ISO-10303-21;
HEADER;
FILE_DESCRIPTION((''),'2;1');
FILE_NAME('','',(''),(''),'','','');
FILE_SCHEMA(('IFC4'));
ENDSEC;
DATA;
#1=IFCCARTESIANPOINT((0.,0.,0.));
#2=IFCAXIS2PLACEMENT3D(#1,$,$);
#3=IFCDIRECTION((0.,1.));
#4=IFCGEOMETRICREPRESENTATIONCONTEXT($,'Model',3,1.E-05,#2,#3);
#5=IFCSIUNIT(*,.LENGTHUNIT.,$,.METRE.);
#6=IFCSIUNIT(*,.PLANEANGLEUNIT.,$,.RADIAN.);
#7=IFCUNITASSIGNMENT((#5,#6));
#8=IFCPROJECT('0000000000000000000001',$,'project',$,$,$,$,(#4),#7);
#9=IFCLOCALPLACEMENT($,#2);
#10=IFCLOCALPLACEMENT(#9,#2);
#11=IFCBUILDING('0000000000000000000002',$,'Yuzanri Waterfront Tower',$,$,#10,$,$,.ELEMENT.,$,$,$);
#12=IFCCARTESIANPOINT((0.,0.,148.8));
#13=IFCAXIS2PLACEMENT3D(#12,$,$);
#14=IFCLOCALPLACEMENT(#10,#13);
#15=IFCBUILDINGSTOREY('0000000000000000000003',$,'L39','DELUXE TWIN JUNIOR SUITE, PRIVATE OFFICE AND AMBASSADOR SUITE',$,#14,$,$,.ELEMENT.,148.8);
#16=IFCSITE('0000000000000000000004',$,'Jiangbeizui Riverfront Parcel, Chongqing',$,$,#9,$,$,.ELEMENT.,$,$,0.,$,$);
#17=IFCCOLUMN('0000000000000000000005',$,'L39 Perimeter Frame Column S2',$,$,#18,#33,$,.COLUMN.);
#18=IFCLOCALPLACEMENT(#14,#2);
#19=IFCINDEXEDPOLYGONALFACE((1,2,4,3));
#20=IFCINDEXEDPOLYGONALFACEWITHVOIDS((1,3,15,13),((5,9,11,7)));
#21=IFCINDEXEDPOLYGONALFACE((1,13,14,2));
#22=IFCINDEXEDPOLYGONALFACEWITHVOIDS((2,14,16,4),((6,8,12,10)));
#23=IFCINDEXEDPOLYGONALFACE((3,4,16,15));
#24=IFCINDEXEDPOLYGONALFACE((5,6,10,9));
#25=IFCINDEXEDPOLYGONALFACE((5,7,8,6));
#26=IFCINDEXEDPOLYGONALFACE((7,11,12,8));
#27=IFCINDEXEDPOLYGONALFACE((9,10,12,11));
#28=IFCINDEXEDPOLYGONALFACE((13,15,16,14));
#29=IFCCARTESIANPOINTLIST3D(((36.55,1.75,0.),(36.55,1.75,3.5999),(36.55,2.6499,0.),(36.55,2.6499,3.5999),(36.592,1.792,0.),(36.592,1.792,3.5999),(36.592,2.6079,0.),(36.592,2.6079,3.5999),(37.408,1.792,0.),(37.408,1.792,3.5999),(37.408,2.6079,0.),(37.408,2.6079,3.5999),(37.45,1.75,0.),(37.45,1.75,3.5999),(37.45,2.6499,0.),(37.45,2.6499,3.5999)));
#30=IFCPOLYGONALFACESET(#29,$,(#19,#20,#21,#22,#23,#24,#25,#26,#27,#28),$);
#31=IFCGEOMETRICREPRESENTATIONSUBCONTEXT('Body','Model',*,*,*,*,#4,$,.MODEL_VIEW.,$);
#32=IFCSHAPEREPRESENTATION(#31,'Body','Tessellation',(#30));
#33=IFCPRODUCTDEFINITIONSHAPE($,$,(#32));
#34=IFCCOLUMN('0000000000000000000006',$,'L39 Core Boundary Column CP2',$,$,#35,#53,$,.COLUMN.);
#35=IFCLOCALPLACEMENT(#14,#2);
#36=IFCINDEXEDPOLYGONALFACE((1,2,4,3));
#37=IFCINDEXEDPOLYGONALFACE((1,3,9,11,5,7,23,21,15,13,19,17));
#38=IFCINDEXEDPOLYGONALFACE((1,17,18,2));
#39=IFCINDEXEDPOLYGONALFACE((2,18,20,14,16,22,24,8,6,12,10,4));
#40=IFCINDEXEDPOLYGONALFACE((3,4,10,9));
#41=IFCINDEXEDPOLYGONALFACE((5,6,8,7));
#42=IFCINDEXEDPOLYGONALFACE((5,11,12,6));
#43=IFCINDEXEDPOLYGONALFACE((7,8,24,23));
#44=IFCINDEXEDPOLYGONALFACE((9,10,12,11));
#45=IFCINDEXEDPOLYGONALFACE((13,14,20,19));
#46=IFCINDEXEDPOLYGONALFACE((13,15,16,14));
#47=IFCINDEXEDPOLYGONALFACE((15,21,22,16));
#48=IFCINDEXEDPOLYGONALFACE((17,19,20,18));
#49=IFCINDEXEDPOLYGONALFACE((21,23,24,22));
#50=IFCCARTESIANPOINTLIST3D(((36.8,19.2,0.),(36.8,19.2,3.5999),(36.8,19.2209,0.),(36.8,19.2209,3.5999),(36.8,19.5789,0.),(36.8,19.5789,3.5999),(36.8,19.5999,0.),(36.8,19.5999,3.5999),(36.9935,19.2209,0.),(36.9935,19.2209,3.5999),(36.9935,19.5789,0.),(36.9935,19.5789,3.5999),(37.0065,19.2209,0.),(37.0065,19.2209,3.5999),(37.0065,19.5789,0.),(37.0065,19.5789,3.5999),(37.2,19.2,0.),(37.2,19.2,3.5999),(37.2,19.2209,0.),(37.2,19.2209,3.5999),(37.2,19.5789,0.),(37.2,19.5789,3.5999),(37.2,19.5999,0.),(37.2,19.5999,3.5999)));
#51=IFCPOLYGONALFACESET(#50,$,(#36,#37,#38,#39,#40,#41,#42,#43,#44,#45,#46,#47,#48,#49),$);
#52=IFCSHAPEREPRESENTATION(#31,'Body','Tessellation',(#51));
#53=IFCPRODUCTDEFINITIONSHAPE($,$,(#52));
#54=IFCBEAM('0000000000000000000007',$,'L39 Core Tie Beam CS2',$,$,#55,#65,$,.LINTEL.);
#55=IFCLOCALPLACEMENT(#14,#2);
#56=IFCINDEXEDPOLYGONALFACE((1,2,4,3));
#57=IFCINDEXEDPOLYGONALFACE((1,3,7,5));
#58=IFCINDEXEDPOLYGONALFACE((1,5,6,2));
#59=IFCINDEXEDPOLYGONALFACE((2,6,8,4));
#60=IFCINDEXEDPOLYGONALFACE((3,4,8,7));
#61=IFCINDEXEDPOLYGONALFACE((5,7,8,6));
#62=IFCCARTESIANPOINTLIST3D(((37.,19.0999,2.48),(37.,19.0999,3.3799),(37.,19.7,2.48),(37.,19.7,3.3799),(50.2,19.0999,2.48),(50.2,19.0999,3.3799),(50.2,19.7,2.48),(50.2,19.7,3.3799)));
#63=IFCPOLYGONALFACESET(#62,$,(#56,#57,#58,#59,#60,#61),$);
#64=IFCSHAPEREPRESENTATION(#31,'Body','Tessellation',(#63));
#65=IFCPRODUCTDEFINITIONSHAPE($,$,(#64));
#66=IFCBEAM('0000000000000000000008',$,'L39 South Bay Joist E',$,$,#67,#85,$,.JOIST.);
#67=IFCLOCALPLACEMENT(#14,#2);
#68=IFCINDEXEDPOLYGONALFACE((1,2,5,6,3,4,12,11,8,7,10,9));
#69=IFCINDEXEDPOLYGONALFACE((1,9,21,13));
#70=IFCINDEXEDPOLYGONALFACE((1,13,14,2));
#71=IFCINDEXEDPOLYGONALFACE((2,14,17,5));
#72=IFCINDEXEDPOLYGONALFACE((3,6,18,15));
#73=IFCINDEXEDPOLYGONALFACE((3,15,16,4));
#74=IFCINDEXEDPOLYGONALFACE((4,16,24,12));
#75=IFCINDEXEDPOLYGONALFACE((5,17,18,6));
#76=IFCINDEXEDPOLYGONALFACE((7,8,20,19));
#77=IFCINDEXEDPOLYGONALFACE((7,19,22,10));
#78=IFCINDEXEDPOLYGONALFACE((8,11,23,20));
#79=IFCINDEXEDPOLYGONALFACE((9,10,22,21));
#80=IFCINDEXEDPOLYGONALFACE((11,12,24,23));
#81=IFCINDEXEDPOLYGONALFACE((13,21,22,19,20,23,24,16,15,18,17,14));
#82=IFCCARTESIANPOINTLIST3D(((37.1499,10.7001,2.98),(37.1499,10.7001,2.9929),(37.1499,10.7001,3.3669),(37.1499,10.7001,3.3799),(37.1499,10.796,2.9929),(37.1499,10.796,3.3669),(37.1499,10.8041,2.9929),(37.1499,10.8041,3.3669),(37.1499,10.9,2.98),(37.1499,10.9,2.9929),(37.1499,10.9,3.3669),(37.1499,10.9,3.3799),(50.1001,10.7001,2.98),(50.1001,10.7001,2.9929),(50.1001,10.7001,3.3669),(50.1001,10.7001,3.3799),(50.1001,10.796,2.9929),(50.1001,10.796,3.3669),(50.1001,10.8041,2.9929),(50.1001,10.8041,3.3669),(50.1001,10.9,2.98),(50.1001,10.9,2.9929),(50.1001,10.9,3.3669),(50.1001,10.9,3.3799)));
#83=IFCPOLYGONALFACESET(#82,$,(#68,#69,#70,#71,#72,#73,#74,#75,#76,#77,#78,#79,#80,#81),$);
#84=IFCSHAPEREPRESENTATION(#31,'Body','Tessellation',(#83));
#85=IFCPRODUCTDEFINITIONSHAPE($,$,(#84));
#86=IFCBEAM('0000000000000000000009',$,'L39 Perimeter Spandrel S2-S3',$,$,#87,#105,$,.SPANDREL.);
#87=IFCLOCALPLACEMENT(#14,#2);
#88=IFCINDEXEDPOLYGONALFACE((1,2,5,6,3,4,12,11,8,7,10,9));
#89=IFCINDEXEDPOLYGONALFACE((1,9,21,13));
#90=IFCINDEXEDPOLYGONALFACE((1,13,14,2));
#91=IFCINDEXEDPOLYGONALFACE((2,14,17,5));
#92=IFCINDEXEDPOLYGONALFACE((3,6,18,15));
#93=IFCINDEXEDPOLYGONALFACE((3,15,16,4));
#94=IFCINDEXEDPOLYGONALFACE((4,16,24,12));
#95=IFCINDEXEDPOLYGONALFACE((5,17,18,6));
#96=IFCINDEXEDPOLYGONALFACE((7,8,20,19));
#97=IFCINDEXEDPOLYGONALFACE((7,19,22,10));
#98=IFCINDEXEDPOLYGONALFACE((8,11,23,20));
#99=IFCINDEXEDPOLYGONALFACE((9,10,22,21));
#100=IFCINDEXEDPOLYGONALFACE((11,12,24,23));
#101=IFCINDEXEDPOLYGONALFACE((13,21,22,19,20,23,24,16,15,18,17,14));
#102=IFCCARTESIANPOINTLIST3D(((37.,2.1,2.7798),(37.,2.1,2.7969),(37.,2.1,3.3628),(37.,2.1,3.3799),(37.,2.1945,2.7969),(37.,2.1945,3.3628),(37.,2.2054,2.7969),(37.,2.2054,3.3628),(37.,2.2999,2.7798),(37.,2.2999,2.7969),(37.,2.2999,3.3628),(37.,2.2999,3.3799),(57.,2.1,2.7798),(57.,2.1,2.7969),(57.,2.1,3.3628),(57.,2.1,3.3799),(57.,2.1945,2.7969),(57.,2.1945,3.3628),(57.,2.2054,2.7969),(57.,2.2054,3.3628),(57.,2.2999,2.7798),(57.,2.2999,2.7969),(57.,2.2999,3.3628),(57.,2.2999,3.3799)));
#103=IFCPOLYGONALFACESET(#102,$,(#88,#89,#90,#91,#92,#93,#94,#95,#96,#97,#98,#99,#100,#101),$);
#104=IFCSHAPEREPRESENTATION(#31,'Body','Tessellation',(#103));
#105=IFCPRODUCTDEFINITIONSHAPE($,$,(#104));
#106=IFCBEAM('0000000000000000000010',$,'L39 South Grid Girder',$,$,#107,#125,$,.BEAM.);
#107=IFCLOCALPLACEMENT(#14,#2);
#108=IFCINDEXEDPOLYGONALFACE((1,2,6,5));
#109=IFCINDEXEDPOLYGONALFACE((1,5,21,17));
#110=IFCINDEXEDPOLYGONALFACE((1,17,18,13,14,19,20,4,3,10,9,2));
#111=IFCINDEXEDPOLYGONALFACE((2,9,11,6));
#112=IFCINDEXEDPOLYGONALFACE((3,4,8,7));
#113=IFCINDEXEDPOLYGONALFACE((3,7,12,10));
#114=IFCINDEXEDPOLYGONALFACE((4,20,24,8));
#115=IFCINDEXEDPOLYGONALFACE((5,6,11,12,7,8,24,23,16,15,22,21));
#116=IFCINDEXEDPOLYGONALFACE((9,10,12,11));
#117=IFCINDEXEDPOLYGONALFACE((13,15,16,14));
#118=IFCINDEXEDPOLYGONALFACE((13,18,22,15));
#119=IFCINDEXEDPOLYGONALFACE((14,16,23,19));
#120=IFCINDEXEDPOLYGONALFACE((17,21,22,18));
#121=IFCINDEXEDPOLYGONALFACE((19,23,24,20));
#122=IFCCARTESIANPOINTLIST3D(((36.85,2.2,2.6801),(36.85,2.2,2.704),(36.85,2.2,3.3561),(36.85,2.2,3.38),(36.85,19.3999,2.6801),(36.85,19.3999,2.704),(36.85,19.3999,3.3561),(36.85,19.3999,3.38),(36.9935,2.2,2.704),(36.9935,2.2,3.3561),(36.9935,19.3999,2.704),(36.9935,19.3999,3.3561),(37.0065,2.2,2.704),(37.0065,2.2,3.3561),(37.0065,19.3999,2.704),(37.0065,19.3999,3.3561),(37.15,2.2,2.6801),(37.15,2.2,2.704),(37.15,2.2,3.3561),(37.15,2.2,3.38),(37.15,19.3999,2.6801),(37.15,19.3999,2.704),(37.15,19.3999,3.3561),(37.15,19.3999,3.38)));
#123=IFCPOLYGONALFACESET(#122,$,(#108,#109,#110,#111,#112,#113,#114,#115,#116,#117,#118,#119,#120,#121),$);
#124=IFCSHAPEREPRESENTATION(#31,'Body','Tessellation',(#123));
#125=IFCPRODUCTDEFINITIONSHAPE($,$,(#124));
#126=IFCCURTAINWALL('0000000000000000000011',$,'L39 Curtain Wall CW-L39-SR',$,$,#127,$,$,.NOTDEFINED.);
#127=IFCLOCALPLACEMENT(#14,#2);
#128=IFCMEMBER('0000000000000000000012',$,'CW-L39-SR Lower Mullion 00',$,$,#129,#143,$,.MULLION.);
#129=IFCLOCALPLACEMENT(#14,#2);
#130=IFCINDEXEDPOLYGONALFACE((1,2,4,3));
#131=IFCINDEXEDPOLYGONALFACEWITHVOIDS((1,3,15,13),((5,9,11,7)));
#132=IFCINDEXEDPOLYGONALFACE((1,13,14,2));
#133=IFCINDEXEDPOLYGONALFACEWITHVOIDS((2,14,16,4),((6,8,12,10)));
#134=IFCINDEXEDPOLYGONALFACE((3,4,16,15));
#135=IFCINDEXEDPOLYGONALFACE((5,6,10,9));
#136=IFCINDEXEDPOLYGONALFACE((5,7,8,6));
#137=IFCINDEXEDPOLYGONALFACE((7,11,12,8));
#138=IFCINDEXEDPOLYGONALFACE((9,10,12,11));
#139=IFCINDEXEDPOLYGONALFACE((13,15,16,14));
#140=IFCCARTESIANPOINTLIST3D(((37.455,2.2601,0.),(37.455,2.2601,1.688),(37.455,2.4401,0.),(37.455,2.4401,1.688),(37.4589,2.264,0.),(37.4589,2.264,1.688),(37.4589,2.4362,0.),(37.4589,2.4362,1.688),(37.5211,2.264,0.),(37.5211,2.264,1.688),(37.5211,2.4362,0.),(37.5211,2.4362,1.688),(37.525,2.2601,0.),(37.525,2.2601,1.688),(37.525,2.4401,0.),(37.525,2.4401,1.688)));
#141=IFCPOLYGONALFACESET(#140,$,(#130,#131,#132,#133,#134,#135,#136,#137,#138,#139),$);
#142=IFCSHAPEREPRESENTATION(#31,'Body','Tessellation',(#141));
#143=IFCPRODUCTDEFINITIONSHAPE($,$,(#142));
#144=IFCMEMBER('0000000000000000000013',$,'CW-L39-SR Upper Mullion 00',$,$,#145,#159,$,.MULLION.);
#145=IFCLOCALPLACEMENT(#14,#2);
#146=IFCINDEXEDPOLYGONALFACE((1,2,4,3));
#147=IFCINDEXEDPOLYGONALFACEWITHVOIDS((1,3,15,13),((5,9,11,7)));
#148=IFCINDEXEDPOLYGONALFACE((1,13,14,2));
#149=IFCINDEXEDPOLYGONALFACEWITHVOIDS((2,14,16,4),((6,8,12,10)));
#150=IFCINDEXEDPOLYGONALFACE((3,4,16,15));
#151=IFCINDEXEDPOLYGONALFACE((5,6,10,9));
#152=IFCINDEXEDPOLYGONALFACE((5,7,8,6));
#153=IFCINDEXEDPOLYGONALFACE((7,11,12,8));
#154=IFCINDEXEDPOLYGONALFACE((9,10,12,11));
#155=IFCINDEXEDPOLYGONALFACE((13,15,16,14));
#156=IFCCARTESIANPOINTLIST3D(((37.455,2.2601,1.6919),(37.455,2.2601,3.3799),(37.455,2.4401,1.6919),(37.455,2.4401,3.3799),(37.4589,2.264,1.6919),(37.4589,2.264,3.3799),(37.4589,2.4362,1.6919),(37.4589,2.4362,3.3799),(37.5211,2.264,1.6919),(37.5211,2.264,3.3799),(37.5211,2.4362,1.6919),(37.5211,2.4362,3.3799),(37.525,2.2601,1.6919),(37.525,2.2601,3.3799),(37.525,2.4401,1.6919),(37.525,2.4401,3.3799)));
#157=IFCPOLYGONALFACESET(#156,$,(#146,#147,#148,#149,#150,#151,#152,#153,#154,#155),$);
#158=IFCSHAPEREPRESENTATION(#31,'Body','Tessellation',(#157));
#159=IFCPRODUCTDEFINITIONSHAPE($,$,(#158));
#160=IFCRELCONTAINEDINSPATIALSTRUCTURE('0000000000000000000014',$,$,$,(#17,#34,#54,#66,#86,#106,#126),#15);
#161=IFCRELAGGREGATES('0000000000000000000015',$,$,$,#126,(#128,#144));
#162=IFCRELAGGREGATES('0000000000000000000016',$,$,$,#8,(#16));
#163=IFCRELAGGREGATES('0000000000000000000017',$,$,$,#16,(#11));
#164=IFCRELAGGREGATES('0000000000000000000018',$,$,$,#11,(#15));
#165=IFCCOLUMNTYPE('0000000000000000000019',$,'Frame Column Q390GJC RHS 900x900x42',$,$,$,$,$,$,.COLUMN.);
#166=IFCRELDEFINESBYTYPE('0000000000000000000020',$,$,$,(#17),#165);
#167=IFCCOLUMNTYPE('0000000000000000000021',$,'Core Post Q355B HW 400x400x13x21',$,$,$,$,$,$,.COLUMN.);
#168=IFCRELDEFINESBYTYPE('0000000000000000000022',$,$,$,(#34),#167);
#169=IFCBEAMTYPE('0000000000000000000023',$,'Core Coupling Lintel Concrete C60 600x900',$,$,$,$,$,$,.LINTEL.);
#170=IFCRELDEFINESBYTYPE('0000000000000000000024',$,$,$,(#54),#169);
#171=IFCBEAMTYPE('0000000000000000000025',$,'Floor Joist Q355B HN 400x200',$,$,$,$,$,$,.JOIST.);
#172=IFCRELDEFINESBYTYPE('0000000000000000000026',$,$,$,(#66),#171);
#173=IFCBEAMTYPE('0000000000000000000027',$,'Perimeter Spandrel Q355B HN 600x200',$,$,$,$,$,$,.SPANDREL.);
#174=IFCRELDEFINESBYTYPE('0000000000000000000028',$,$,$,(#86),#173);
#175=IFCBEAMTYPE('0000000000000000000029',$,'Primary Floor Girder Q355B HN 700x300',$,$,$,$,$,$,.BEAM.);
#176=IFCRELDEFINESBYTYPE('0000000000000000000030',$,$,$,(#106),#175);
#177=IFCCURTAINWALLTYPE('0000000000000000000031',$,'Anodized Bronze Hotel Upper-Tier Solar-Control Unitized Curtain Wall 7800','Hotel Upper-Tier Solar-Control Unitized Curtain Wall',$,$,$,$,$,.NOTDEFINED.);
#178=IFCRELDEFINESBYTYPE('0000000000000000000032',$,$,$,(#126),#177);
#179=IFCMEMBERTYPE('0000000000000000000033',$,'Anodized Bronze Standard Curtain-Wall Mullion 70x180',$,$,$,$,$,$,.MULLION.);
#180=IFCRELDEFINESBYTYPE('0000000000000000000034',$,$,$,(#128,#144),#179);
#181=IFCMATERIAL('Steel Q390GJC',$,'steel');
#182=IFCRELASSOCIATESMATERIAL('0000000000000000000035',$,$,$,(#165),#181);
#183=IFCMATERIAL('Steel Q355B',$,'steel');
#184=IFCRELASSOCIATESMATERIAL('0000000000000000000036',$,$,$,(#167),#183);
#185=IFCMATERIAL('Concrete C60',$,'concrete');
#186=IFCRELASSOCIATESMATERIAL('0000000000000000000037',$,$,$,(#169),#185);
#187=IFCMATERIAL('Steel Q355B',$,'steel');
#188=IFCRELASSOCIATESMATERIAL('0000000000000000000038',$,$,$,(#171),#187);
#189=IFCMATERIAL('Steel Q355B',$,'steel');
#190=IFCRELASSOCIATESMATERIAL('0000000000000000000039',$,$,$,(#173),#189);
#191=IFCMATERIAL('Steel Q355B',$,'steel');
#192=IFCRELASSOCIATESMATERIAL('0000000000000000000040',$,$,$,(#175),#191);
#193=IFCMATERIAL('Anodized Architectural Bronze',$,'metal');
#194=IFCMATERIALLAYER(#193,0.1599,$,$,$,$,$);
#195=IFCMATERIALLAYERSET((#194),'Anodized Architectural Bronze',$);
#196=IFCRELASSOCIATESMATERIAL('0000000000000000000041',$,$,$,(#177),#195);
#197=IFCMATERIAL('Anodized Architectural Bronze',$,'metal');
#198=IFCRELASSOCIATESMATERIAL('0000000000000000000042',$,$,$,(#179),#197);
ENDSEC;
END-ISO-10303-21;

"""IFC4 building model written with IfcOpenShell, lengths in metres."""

from ifc_helpers import new_model, si_unit, direction, frame, origin, origin_2d, place, context, subcontext, project, spatial, rectangle, hollow_rectangle, i_section, extrude, source, transform, mapped, material, layer, layer_set, material_profile, profile_set, type_object, element, aggregate, save


model = new_model("IFC4")

# Units and contexts
model_context = context("Model", 3, precision=1e-05, world=origin(), true_north=direction((0.0, 1.0)))
body_context = subcontext(model_context, "Body", "Model", "MODEL_VIEW")
ifc_project = project(units=[si_unit("LENGTHUNIT", "METRE"), si_unit("PLANEANGLEUNIT", "RADIAN")], contexts=[model_context])

# Site, building, storey
site_placement = place(None, origin())
site = spatial("IfcSite", under=ifc_project, at=site_placement, Name="Jiangbeizui Riverfront Parcel, Chongqing", CompositionType="ELEMENT", RefElevation=0.0)
building_placement = place(site_placement, origin())
building = spatial("IfcBuilding", under=site, at=building_placement, Name="Yuzanri Waterfront Tower", CompositionType="ELEMENT")
storey_placement = place(building_placement, frame((0.0, 0.0, 148.8)))
storey = spatial("IfcBuildingStorey", under=building, at=storey_placement, Name="L39", Description="DELUXE TWIN JUNIOR SUITE, PRIVATE OFFICE AND AMBASSADOR SUITE", CompositionType="ELEMENT", Elevation=148.8)

# Columns
ifc_material_1 = material(Name="Steel Q390GJC", Category="steel")
ifc_material_profile_1 = material_profile(ifc_material_1, hollow_rectangle(XDim=0.8999, YDim=0.8999, WallThickness=0.042, at=origin_2d()), Name="RHS 900x900x42")
ifc_profile_set_1 = profile_set([ifc_material_profile_1], Name="Steel Q390GJC")
column_type_1 = type_object("IfcColumnType", Name="Frame Column Q390GJC RHS 900x900x42", PredefinedType="COLUMN", material=ifc_profile_set_1)
shared_shape_1 = source(origin(), body_context, "Body", "SweptSolid", [
    extrude(hollow_rectangle(XDim=0.8999, YDim=0.8999, WallThickness=0.042, at=origin_2d()), origin(), (0.0, 0.0, 1.0), 3.5999),
])
column_1_placement = place(storey_placement, frame((37.0, 2.2, 0.0), z_axis=(0.0, 0.0, 1.0), x_axis=(1.0, 0.0, 0.0)))
element("IfcColumn", 1, at=column_1_placement, inside=storey, type_object=column_type_1, Name="L39 Perimeter Frame Column S2", PredefinedType="COLUMN", context=body_context, shape_type="MappedRepresentation", body=[
    mapped(shared_shape_1, transform((0.0, 0.0, 0.0), scale=1.0)),
])
ifc_material_2 = material(Name="Steel Q355B", Category="steel")
ifc_material_profile_2 = material_profile(ifc_material_2, i_section(OverallWidth=0.3999, OverallDepth=0.3999, WebThickness=0.0129, FlangeThickness=0.021, at=origin_2d()), Name="HW 400x400x13x21")
ifc_profile_set_2 = profile_set([ifc_material_profile_2], Name="Steel Q355B")
column_type_2 = type_object("IfcColumnType", Name="Core Post Q355B HW 400x400x13x21", PredefinedType="COLUMN", material=ifc_profile_set_2)
shared_shape_2 = source(origin(), body_context, "Body", "SweptSolid", [
    extrude(i_section(OverallWidth=0.3999, OverallDepth=0.3999, WebThickness=0.0129, FlangeThickness=0.021, at=origin_2d()), origin(), (0.0, 0.0, 1.0), 3.5999),
])
column_2_placement = place(storey_placement, frame((37.0, 19.3999, 0.0), z_axis=(0.0, 0.0, 1.0), x_axis=(1.0, 0.0, 0.0)))
element("IfcColumn", 2, at=column_2_placement, inside=storey, type_object=column_type_2, Name="L39 Core Boundary Column CP2", PredefinedType="COLUMN", context=body_context, shape_type="MappedRepresentation", body=[
    mapped(shared_shape_2, transform((0.0, 0.0, 0.0), scale=1.0)),
])

# Beams
ifc_material_3 = material(Name="Concrete C60", Category="concrete")
ifc_material_profile_3 = material_profile(ifc_material_3, rectangle(XDim=0.6001, YDim=0.8999, at=origin_2d()), Name="RC 600x900")
ifc_profile_set_3 = profile_set([ifc_material_profile_3], Name="Concrete C60")
beam_type_1 = type_object("IfcBeamType", Name="Core Coupling Lintel Concrete C60 600x900", PredefinedType="LINTEL", material=ifc_profile_set_3)
shared_shape_3 = source(origin(), body_context, "Body", "SweptSolid", [
    extrude(rectangle(XDim=0.6001, YDim=0.8999, at=origin_2d()), origin(), (0.0, 0.0, 1.0), 13.2),
])
beam_1_placement = place(storey_placement, frame((37.0, 19.3999, 2.9299), z_axis=(1.0, 0.0, 0.0), x_axis=(0.0, 1.0, 0.0)))
element("IfcBeam", 3, at=beam_1_placement, inside=storey, type_object=beam_type_1, Name="L39 Core Tie Beam CS2", PredefinedType="LINTEL", context=body_context, shape_type="MappedRepresentation", body=[
    mapped(shared_shape_3, transform((0.0, 0.0, 0.0), scale=1.0)),
])
ifc_material_4 = material(Name="Steel Q355B", Category="steel")
ifc_material_profile_4 = material_profile(ifc_material_4, i_section(OverallWidth=0.2, OverallDepth=0.3999, WebThickness=0.0081, FlangeThickness=0.0129, at=origin_2d()), Name="HN 400x200x8x13")
ifc_profile_set_4 = profile_set([ifc_material_profile_4], Name="Steel Q355B")
beam_type_2 = type_object("IfcBeamType", Name="Floor Joist Q355B HN 400x200", PredefinedType="JOIST", material=ifc_profile_set_4)
shared_shape_4 = source(origin(), body_context, "Body", "SweptSolid", [
    extrude(i_section(OverallWidth=0.2, OverallDepth=0.3999, WebThickness=0.0081, FlangeThickness=0.0129, at=origin_2d()), origin(), (0.0, 0.0, 1.0), 12.9502),
])
beam_2_placement = place(storey_placement, frame((37.1499, 10.8, 3.1799), z_axis=(1.0, 0.0, 0.0), x_axis=(0.0, 1.0, 0.0)))
element("IfcBeam", 4, at=beam_2_placement, inside=storey, type_object=beam_type_2, Name="L39 South Bay Joist E", PredefinedType="JOIST", context=body_context, shape_type="MappedRepresentation", body=[
    mapped(shared_shape_4, transform((0.0, 0.0, 0.0), scale=1.0)),
])
ifc_material_5 = material(Name="Steel Q355B", Category="steel")
ifc_material_profile_5 = material_profile(ifc_material_5, i_section(OverallWidth=0.2, OverallDepth=0.6001, WebThickness=0.011, FlangeThickness=0.0171, at=origin_2d()), Name="HN 600x200x11x17")
ifc_profile_set_5 = profile_set([ifc_material_profile_5], Name="Steel Q355B")
beam_type_3 = type_object("IfcBeamType", Name="Perimeter Spandrel Q355B HN 600x200", PredefinedType="SPANDREL", material=ifc_profile_set_5)
shared_shape_5 = source(origin(), body_context, "Body", "SweptSolid", [
    extrude(i_section(OverallWidth=0.2, OverallDepth=0.6001, WebThickness=0.011, FlangeThickness=0.0171, at=origin_2d()), origin(), (0.0, 0.0, 1.0), 20.0),
])
beam_3_placement = place(storey_placement, frame((37.0, 2.2, 3.0798), z_axis=(1.0, 0.0, 0.0), x_axis=(0.0, 1.0, 0.0)))
element("IfcBeam", 5, at=beam_3_placement, inside=storey, type_object=beam_type_3, Name="L39 Perimeter Spandrel S2-S3", PredefinedType="SPANDREL", context=body_context, shape_type="MappedRepresentation", body=[
    mapped(shared_shape_5, transform((0.0, 0.0, 0.0), scale=1.0)),
])
ifc_material_6 = material(Name="Steel Q355B", Category="steel")
ifc_material_profile_6 = material_profile(ifc_material_6, i_section(OverallWidth=0.3, OverallDepth=0.7, WebThickness=0.0129, FlangeThickness=0.0239, at=origin_2d()), Name="HN 700x300x13x24")
ifc_profile_set_6 = profile_set([ifc_material_profile_6], Name="Steel Q355B")
beam_type_4 = type_object("IfcBeamType", Name="Primary Floor Girder Q355B HN 700x300", PredefinedType="BEAM", material=ifc_profile_set_6)
shared_shape_6 = source(origin(), body_context, "Body", "SweptSolid", [
    extrude(i_section(OverallWidth=0.3, OverallDepth=0.7, WebThickness=0.0129, FlangeThickness=0.0239, at=origin_2d()), origin(), (0.0, 0.0, 1.0), 17.2),
])
beam_4_placement = place(storey_placement, frame((37.0, 19.3999, 3.03), z_axis=(0.0, -1.0, 0.0), x_axis=(1.0, 0.0, 0.0)))
element("IfcBeam", 6, at=beam_4_placement, inside=storey, type_object=beam_type_4, Name="L39 South Grid Girder", PredefinedType="BEAM", context=body_context, shape_type="MappedRepresentation", body=[
    mapped(shared_shape_6, transform((0.0, 0.0, 0.0), scale=1.0)),
])

# Curtain wall, members
ifc_material_7 = material(Name="Anodized Architectural Bronze", Category="metal")
ifc_layer_1 = layer(ifc_material_7, 0.1599)
ifc_layer_set_1 = layer_set([ifc_layer_1], Name="Anodized Architectural Bronze")
curtain_wall_type = type_object("IfcCurtainWallType", Name="Anodized Bronze Hotel Upper-Tier Solar-Control Unitized Curtain Wall 7800", Description="Hotel Upper-Tier Solar-Control Unitized Curtain Wall", PredefinedType="NOTDEFINED", material=ifc_layer_set_1)
curtain_wall_placement = place(storey_placement, origin())
curtain_wall = element("IfcCurtainWall", 7, at=curtain_wall_placement, inside=storey, type_object=curtain_wall_type, Name="L39 Curtain Wall CW-L39-SR", PredefinedType="NOTDEFINED")
ifc_material_8 = material(Name="Anodized Architectural Bronze", Category="metal")
ifc_material_profile_7 = material_profile(ifc_material_8, hollow_rectangle(XDim=0.0701, YDim=0.1799, WallThickness=0.0039, at=origin_2d()), Name="CWM 70x180")
ifc_profile_set_7 = profile_set([ifc_material_profile_7], Name="Anodized Architectural Bronze")
member_type_1 = type_object("IfcMemberType", Name="Anodized Bronze Standard Curtain-Wall Mullion 70x180", PredefinedType="MULLION", material=ifc_profile_set_7)
shared_shape_7 = source(origin(), body_context, "Body", "SweptSolid", [
    extrude(hollow_rectangle(XDim=0.0701, YDim=0.1799, WallThickness=0.0039, at=origin_2d()), origin(), (0.0, 0.0, 1.0), 1.688),
])
member_1_placement = place(storey_placement, frame((37.49, 2.3501, 0.0), z_axis=(0.0, 0.0, 1.0), x_axis=(1.0, 0.0, 0.0)))
member_1 = element("IfcMember", 8, at=member_1_placement, type_object=member_type_1, Name="CW-L39-SR Lower Mullion 00", PredefinedType="MULLION", context=body_context, shape_type="MappedRepresentation", body=[
    mapped(shared_shape_7, transform((0.0, 0.0, 0.0), scale=1.0)),
])
member_2_placement = place(storey_placement, frame((37.49, 2.3501, 1.6919), z_axis=(0.0, 0.0, 1.0), x_axis=(1.0, 0.0, 0.0)))
member_2 = element("IfcMember", 9, at=member_2_placement, type_object=member_type_1, Name="CW-L39-SR Upper Mullion 00", PredefinedType="MULLION", context=body_context, shape_type="MappedRepresentation", body=[
    mapped(shared_shape_7, transform((0.0, 0.0, 0.0), scale=1.0)),
])
aggregate(curtain_wall, [member_1, member_2])

save(model, "model.ifc")
